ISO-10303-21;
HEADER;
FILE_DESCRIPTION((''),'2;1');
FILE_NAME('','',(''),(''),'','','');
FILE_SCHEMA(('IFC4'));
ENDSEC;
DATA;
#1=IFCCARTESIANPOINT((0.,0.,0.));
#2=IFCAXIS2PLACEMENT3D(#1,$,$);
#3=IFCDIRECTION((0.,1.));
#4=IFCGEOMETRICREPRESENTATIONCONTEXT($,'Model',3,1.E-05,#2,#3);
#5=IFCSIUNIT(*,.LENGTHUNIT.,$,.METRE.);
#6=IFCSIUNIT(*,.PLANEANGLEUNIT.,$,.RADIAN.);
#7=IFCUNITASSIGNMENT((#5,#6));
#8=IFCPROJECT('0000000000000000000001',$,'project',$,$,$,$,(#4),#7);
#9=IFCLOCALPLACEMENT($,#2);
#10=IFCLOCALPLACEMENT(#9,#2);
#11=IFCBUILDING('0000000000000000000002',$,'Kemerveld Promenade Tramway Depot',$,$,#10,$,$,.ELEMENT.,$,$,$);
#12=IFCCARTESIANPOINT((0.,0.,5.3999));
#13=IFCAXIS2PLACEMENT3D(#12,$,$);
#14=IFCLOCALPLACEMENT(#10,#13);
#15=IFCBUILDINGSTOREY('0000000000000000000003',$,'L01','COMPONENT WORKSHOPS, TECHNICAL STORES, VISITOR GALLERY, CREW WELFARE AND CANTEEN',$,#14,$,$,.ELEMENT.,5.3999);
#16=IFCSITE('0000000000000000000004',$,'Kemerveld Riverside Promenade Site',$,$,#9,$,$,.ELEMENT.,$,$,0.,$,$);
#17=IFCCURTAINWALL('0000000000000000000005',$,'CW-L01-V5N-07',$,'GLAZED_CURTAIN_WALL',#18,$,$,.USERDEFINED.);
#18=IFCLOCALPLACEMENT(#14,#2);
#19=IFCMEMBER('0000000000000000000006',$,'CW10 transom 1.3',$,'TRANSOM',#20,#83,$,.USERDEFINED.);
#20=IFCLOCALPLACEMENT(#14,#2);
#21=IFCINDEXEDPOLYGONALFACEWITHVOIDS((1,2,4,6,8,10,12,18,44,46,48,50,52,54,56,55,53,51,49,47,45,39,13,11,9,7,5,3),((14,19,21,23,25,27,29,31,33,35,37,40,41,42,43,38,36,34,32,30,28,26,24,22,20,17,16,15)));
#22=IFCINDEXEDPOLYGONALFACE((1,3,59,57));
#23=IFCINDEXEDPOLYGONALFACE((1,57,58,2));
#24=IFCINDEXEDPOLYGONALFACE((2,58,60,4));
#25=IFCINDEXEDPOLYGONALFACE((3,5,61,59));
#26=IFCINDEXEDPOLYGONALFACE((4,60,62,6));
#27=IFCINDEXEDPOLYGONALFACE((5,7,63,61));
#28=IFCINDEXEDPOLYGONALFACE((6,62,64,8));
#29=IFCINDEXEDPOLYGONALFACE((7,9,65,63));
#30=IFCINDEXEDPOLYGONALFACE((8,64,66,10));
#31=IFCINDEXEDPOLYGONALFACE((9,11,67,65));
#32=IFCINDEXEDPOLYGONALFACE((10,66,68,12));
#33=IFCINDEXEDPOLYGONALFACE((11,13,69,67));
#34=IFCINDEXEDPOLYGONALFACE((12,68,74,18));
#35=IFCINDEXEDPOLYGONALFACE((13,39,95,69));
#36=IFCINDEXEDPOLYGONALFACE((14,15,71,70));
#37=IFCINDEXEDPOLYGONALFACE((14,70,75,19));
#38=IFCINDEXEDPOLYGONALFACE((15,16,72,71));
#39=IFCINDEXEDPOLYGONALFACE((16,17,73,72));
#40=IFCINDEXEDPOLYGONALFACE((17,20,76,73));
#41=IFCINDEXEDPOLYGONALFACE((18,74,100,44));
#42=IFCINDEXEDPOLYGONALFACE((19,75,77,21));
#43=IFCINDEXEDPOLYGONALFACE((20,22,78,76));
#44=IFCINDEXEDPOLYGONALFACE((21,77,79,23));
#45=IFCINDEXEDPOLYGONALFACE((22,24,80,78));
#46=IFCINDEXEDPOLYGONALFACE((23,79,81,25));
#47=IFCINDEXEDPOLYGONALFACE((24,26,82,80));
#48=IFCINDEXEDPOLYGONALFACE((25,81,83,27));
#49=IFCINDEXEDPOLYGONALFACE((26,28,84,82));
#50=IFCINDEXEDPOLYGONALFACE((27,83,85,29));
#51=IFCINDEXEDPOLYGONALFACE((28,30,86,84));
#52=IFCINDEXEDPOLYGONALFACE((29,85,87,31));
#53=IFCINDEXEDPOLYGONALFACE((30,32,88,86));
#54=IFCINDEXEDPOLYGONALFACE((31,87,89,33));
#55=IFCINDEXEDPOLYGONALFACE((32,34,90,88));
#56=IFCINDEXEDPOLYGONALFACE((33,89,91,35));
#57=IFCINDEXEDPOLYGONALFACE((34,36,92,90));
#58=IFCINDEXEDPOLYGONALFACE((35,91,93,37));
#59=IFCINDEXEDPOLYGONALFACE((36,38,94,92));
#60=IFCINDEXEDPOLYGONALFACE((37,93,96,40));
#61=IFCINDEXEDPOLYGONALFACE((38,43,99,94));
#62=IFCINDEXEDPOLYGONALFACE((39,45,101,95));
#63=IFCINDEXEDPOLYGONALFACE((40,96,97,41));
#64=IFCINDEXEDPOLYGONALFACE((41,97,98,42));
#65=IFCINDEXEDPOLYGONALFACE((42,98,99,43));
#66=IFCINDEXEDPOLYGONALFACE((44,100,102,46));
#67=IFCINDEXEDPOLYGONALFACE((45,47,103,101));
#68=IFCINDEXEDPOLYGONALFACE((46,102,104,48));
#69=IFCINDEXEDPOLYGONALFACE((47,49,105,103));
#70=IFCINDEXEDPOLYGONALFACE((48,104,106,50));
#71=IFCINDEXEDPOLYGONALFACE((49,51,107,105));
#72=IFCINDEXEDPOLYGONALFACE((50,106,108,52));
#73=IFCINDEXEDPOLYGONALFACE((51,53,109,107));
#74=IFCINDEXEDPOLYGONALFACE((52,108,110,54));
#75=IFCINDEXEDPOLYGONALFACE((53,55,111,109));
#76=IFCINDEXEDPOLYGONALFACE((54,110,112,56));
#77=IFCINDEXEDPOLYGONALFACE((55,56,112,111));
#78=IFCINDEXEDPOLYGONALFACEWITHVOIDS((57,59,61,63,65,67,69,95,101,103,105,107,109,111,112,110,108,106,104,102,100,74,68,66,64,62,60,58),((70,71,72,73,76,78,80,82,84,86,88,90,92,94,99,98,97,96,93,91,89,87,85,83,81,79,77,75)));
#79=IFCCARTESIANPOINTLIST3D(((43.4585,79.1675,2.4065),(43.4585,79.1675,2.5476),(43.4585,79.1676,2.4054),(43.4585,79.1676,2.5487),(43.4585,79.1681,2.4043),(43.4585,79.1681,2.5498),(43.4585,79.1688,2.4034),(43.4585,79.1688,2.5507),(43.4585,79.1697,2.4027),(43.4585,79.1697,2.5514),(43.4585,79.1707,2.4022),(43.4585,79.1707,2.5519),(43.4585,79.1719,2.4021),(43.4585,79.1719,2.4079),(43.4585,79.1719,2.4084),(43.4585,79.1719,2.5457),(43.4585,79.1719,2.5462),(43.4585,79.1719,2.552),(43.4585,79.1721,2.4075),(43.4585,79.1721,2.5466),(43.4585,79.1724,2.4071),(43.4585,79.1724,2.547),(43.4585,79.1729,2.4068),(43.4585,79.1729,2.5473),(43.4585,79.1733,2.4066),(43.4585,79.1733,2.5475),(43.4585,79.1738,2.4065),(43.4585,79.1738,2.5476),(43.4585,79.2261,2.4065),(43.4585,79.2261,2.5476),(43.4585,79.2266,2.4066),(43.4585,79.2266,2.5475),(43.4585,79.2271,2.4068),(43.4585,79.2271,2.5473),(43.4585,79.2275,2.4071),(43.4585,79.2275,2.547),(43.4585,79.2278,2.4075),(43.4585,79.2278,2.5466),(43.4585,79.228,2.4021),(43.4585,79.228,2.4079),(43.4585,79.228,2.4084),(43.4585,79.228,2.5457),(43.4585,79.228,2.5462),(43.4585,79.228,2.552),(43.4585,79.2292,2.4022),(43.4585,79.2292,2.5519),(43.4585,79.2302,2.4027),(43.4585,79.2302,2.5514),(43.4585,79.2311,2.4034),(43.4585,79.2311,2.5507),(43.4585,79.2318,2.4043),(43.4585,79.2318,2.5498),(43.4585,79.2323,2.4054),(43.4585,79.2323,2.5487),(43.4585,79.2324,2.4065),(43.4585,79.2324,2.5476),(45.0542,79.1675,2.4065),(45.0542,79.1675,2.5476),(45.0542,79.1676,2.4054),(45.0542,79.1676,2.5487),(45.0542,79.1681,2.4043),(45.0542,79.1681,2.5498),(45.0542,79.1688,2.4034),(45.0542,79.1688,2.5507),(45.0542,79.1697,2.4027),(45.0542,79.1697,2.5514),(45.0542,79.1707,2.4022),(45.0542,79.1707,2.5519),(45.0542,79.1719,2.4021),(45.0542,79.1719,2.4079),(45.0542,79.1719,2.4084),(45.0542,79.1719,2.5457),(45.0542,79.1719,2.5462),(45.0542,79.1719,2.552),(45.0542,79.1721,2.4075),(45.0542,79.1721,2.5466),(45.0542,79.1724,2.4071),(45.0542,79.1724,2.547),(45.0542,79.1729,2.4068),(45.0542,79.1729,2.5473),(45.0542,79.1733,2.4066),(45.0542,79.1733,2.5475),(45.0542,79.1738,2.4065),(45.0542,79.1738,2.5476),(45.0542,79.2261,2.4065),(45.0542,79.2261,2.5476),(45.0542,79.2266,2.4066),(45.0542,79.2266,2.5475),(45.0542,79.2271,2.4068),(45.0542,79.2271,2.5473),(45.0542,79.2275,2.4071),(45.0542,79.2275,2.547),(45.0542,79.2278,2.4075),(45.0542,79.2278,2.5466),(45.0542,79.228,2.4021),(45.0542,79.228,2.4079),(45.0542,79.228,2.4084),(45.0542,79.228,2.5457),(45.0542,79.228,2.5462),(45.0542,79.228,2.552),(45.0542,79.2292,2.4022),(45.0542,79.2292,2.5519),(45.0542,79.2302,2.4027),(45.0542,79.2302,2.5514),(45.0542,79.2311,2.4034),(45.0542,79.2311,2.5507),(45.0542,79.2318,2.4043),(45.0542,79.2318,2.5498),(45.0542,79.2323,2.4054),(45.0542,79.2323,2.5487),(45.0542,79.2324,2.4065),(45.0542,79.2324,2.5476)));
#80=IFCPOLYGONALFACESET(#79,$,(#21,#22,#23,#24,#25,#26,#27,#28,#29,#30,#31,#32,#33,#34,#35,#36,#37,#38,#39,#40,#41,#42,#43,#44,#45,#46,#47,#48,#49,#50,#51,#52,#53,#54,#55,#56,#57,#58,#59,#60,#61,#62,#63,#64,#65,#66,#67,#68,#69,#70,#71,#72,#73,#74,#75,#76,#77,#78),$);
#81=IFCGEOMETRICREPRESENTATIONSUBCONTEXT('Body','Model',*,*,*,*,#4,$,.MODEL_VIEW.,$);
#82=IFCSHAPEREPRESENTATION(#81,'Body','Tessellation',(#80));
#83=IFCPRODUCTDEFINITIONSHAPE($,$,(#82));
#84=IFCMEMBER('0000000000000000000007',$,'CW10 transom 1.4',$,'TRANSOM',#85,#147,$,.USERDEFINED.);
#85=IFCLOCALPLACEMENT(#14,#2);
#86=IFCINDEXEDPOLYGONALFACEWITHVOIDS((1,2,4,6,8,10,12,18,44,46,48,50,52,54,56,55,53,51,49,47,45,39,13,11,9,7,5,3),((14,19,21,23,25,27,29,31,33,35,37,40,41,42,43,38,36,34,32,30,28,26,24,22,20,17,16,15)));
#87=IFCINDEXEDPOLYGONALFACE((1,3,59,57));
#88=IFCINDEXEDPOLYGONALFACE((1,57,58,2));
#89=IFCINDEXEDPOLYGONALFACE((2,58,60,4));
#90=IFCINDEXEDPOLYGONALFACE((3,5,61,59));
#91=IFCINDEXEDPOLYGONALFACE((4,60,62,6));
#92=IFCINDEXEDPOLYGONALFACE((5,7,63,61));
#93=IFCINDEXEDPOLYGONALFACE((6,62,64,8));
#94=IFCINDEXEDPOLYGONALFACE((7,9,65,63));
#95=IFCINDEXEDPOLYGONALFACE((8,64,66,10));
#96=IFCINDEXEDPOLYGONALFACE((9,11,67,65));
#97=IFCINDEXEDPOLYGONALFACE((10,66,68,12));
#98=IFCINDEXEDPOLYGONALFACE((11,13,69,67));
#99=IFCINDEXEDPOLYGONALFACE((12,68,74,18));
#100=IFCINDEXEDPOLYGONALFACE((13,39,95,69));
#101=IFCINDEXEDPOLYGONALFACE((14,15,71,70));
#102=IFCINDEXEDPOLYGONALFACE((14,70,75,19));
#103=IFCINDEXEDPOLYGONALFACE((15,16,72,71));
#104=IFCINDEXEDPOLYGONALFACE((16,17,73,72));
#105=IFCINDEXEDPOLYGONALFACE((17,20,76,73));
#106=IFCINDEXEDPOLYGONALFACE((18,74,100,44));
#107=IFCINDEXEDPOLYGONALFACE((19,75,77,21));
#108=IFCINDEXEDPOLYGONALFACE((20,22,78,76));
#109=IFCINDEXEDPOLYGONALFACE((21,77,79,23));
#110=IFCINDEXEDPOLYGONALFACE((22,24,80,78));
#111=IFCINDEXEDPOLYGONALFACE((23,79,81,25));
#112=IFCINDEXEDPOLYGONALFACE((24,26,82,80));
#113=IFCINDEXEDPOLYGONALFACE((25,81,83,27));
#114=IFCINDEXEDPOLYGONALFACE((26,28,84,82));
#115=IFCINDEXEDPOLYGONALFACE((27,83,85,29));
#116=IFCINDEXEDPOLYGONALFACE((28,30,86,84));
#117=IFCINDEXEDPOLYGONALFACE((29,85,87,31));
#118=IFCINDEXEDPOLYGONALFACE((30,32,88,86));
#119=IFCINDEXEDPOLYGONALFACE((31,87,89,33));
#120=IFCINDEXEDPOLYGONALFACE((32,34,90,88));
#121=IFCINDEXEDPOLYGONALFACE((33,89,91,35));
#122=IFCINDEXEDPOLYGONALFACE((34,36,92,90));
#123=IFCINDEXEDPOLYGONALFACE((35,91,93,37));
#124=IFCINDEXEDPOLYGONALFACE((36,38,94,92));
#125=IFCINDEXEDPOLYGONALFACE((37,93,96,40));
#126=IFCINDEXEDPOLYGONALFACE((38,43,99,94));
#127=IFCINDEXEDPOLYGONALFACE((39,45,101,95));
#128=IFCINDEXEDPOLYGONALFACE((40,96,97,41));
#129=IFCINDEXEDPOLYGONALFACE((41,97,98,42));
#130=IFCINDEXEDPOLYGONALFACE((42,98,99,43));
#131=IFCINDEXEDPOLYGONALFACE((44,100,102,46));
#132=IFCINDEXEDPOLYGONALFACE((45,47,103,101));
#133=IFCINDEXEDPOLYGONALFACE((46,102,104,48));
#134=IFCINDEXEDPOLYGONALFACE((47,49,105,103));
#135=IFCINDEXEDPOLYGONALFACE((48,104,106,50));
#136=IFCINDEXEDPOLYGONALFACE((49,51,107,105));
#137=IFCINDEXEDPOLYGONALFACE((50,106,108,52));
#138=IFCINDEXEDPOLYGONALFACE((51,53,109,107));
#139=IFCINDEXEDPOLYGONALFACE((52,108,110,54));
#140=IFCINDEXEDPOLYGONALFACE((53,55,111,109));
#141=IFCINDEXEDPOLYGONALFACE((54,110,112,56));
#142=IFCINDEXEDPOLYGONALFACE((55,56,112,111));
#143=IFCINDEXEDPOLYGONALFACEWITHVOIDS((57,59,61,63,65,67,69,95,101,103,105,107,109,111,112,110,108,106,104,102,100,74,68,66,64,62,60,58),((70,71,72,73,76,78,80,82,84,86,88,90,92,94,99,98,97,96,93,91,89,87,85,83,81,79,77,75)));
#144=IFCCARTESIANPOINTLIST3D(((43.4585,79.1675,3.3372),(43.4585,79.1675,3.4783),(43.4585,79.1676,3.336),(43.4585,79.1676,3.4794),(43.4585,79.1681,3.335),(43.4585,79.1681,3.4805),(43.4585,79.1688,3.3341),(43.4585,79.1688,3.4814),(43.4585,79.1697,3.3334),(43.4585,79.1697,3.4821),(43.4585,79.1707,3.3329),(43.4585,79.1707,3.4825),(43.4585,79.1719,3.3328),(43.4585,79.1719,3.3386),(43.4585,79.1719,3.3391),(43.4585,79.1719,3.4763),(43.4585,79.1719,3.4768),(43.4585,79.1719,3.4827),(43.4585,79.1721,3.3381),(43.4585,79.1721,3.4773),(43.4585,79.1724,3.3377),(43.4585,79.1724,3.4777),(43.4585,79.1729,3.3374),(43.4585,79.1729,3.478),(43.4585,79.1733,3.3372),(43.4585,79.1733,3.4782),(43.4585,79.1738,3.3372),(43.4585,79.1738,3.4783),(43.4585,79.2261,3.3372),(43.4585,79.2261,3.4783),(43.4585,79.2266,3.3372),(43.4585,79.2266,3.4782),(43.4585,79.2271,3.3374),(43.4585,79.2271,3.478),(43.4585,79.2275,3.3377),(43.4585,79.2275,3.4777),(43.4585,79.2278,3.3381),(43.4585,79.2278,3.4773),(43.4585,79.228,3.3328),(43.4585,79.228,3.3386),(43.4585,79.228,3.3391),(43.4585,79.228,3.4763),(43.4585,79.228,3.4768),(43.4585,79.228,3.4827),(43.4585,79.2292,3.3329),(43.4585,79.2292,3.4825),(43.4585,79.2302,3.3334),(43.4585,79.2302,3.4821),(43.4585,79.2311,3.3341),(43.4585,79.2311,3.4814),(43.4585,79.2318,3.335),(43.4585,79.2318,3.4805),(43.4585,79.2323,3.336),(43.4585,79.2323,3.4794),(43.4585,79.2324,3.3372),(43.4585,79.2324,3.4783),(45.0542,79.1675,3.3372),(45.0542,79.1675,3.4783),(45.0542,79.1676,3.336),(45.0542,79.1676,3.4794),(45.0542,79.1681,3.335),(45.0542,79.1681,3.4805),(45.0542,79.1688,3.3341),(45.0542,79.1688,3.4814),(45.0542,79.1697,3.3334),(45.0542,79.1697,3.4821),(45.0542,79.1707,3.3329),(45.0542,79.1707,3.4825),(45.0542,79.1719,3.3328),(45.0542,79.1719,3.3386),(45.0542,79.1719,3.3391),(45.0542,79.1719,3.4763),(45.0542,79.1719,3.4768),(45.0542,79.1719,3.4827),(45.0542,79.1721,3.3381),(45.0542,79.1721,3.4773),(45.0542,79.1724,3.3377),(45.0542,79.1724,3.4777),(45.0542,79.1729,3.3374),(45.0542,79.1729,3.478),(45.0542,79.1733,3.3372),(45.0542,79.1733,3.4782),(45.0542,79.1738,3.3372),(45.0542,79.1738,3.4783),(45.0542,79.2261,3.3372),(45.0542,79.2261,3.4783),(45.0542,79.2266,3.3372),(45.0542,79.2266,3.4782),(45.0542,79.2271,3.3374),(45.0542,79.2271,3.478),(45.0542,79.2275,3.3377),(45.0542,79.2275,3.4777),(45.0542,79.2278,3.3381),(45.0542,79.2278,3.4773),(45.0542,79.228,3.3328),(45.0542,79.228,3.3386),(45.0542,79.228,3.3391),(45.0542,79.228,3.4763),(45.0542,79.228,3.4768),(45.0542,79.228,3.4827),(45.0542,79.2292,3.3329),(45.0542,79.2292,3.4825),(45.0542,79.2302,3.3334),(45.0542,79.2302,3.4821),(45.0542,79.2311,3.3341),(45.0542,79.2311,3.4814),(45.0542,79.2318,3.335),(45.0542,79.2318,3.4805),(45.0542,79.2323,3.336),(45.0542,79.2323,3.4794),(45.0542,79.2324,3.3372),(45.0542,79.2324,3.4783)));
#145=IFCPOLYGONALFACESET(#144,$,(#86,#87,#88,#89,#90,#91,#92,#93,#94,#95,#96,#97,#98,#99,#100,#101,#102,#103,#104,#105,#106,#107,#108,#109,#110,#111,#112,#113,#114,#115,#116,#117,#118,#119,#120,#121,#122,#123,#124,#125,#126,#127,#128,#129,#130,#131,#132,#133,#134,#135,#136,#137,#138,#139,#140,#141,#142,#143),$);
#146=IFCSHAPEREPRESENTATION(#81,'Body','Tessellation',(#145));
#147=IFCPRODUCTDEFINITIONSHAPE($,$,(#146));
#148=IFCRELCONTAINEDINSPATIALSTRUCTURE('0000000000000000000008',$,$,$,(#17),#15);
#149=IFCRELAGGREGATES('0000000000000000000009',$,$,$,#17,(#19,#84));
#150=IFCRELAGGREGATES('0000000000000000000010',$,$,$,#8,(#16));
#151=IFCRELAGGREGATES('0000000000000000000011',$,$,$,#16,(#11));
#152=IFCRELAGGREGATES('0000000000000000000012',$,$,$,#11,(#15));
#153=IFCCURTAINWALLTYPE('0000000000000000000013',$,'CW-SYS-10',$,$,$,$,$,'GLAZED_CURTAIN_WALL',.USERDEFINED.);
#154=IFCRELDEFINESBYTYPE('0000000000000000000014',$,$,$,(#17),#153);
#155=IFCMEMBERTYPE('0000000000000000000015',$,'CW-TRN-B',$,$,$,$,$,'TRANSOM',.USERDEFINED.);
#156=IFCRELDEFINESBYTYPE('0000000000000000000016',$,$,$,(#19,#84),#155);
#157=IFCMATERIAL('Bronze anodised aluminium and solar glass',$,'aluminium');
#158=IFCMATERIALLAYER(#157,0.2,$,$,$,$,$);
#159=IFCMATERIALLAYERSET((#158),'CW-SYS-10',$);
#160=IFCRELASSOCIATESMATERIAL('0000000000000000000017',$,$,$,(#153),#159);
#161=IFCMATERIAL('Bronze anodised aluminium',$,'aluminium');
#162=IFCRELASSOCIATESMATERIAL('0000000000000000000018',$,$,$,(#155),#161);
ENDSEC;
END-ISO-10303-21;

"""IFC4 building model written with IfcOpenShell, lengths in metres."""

from ifc_helpers import new_model, si_unit, direction, frame, origin, origin_2d, place, context, subcontext, project, spatial, hollow_rectangle, extrude, material, layer, layer_set, material_profile, profile_set, type_object, element, aggregate, save


model = new_model("IFC4")

# Units and contexts
model_context = context("Model", 3, precision=1e-05, world=origin(), true_north=direction((0.0, 1.0)))
body_context = subcontext(model_context, "Body", "Model", "MODEL_VIEW")
ifc_project = project(units=[si_unit("LENGTHUNIT", "METRE"), si_unit("PLANEANGLEUNIT", "RADIAN")], contexts=[model_context])

# Site, building, storey
site_placement = place(None, origin())
site = spatial("IfcSite", under=ifc_project, at=site_placement, Name="Kemerveld Riverside Promenade Site", CompositionType="ELEMENT", RefElevation=0.0)
building_placement = place(site_placement, origin())
building = spatial("IfcBuilding", under=site, at=building_placement, Name="Kemerveld Promenade Tramway Depot", CompositionType="ELEMENT")
storey_placement = place(building_placement, frame((0.0, 0.0, 5.3999)))
storey = spatial("IfcBuildingStorey", under=building, at=storey_placement, Name="L01", Description="COMPONENT WORKSHOPS, TECHNICAL STORES, VISITOR GALLERY, CREW WELFARE AND CANTEEN", CompositionType="ELEMENT", Elevation=5.3999)

# Curtain wall, members
ifc_material_1 = material(Name="Bronze anodised aluminium and solar glass", Category="aluminium")
ifc_layer_1 = layer(ifc_material_1, 0.2)
ifc_layer_set_1 = layer_set([ifc_layer_1], Name="CW-SYS-10")
curtain_wall_type = type_object("IfcCurtainWallType", Name="CW-SYS-10", ElementType="GLAZED_CURTAIN_WALL", PredefinedType="USERDEFINED", material=ifc_layer_set_1)
curtain_wall_placement = place(storey_placement, origin())
curtain_wall = element("IfcCurtainWall", 1, at=curtain_wall_placement, inside=storey, type_object=curtain_wall_type, Name="CW-L01-V5N-07", ObjectType="GLAZED_CURTAIN_WALL", PredefinedType="USERDEFINED")
ifc_material_2 = material(Name="Bronze anodised aluminium", Category="aluminium")
ifc_material_profile_1 = material_profile(ifc_material_2, hollow_rectangle(XDim=0.0649, YDim=0.1499, WallThickness=0.0044, InnerFilletRadius=0.002, OuterFilletRadius=0.0044, at=origin_2d()), Name="CW-TRN-150x65")
ifc_profile_set_1 = profile_set([ifc_material_profile_1], Name="Bronze anodised aluminium")
member_type_1 = type_object("IfcMemberType", Name="CW-TRN-B", ElementType="TRANSOM", PredefinedType="USERDEFINED", material=ifc_profile_set_1)
member_1_placement = place(storey_placement, frame((43.4585, 79.2, 2.4771), z_axis=(1.0, 0.0, 0.0), x_axis=(0.0, 1.0, 0.0)))
member_1 = element("IfcMember", 2, at=member_1_placement, type_object=member_type_1, Name="CW10 transom 1.3", ObjectType="TRANSOM", PredefinedType="USERDEFINED", context=body_context, shape_type="SweptSolid", body=[
    extrude(hollow_rectangle(XDim=0.0649, YDim=0.1499, WallThickness=0.0044, InnerFilletRadius=0.002, OuterFilletRadius=0.0044, at=origin_2d()), origin(), (0.0, 0.0, 1.0), 1.5957),
])
member_2_placement = place(storey_placement, frame((43.4585, 79.2, 3.4077), z_axis=(1.0, 0.0, 0.0), x_axis=(0.0, 1.0, 0.0)))
member_2 = element("IfcMember", 3, at=member_2_placement, type_object=member_type_1, Name="CW10 transom 1.4", ObjectType="TRANSOM", PredefinedType="USERDEFINED", context=body_context, shape_type="SweptSolid", body=[
    extrude(hollow_rectangle(XDim=0.0649, YDim=0.1499, WallThickness=0.0044, InnerFilletRadius=0.002, OuterFilletRadius=0.0044, at=origin_2d()), origin(), (0.0, 0.0, 1.0), 1.5957),
])
aggregate(curtain_wall, [member_1, member_2])

save(model, "model.ifc")
